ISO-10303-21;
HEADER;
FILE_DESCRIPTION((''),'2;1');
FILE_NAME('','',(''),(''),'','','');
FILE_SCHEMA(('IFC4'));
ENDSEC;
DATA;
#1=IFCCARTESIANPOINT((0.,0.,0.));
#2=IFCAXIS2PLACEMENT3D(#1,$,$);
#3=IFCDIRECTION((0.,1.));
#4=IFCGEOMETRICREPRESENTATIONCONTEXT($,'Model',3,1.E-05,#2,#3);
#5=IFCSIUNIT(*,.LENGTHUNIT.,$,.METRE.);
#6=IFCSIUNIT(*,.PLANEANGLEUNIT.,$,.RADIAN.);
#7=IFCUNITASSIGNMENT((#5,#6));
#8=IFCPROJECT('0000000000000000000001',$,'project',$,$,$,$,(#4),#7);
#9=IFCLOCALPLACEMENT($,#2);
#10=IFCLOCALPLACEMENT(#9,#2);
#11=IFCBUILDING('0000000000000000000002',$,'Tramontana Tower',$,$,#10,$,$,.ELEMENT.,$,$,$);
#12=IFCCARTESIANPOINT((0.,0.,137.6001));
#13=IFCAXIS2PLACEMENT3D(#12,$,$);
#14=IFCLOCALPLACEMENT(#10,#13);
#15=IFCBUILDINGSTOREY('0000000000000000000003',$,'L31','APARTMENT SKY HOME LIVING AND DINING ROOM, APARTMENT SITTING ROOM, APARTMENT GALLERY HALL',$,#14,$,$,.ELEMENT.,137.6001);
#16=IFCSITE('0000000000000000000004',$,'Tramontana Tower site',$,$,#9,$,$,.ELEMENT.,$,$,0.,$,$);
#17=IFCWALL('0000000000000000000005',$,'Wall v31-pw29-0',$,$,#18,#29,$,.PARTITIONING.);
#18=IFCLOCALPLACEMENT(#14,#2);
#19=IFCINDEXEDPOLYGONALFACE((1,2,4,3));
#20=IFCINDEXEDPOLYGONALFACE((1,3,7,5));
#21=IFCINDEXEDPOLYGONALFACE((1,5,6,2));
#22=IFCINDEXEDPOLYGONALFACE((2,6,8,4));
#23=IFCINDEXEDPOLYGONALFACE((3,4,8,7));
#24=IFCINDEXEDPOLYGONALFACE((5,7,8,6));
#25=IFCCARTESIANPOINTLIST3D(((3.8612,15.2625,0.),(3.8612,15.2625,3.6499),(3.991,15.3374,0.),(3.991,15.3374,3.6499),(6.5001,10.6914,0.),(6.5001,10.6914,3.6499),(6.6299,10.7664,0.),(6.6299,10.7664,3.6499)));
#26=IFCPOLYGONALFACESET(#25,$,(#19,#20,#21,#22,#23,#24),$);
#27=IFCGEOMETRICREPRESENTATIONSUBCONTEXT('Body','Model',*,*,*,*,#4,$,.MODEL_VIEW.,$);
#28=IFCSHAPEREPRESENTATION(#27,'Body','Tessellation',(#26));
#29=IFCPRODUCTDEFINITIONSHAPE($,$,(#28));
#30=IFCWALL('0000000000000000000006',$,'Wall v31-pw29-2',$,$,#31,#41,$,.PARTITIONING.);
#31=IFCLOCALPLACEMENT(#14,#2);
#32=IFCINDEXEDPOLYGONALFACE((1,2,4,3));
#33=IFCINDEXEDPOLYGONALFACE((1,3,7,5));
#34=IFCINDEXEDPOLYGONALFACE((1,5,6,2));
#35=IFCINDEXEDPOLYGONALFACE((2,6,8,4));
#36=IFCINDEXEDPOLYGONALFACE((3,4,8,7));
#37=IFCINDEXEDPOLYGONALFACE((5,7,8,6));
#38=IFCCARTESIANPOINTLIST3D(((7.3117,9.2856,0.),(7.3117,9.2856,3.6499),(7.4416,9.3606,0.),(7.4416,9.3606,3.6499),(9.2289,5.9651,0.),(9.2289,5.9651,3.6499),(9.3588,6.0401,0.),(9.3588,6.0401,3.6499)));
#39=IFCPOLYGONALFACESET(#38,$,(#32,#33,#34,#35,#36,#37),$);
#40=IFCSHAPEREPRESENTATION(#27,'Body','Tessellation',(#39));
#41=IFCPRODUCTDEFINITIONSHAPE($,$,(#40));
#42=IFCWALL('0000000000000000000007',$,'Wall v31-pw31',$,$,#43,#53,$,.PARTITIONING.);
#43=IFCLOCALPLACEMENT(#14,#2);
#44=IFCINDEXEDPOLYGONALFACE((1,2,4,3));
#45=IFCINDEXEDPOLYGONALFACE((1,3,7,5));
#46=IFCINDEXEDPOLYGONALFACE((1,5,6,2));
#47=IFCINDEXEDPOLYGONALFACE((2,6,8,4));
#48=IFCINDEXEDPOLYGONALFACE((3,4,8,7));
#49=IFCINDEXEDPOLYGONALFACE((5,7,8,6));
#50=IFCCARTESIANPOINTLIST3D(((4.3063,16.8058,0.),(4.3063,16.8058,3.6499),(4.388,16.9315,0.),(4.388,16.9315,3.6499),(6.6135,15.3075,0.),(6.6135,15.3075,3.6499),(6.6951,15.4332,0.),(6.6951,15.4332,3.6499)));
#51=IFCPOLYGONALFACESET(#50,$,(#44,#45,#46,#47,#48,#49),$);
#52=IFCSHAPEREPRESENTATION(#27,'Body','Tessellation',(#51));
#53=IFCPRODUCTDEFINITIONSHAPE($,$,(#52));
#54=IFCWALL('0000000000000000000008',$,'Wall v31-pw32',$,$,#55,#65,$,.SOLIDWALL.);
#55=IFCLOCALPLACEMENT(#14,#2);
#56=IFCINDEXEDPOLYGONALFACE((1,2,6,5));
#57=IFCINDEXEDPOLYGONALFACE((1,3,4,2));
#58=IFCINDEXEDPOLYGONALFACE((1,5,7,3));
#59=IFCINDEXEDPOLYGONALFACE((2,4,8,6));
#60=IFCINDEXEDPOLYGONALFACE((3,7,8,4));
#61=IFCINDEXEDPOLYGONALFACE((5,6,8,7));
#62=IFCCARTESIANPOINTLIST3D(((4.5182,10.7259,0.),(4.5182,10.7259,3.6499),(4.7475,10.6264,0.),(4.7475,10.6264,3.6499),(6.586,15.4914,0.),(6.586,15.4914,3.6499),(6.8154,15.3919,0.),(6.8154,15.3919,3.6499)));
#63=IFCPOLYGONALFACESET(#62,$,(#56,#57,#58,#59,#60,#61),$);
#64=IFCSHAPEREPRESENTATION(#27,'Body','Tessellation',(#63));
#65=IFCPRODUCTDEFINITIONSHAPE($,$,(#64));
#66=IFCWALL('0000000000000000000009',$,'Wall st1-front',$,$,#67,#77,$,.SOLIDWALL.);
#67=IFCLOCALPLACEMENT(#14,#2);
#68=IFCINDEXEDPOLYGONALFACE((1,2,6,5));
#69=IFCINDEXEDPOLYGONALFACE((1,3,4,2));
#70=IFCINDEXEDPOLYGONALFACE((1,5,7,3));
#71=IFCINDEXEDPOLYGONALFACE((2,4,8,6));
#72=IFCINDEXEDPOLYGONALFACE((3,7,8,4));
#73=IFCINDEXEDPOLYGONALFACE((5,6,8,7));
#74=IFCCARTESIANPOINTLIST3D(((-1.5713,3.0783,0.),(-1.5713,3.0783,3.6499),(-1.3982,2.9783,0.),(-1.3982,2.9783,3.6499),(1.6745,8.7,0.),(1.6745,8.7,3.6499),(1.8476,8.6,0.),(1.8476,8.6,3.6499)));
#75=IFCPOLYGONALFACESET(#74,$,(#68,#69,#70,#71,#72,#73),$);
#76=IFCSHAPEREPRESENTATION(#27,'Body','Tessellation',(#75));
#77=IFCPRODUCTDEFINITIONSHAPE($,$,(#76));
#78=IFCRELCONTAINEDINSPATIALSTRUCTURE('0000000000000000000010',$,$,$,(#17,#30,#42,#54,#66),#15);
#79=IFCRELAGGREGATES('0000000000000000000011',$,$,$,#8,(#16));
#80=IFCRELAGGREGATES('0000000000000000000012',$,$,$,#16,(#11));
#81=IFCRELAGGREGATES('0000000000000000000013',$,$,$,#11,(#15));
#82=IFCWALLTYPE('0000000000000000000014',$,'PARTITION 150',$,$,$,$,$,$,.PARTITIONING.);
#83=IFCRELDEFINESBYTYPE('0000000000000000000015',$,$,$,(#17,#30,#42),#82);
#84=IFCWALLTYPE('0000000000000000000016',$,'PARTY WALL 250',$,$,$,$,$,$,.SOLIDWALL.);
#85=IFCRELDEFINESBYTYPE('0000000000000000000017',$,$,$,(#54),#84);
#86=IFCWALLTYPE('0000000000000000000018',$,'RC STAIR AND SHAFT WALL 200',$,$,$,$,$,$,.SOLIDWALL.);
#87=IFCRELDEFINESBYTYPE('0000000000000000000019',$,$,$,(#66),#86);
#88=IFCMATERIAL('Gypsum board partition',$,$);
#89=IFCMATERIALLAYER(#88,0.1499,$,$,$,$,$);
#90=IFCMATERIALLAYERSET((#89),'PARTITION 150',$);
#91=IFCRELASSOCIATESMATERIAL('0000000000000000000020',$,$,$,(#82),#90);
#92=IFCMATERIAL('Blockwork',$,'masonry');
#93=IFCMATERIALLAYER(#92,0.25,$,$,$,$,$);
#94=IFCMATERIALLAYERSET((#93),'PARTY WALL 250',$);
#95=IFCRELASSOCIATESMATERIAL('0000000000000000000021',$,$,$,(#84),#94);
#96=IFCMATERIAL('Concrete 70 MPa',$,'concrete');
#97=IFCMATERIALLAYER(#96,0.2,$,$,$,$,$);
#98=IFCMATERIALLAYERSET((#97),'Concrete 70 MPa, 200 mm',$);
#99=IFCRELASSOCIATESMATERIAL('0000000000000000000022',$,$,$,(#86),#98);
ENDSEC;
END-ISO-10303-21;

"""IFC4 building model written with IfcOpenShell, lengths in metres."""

from ifc_helpers import new_model, si_unit, direction, frame, frame_2d, origin, place, context, subcontext, project, spatial, rectangle, extrude, material, layer, layer_set, type_object, element, save


model = new_model("IFC4")

# Units and contexts
model_context = context("Model", 3, precision=1e-05, world=origin(), true_north=direction((0.0, 1.0)))
body_context = subcontext(model_context, "Body", "Model", "MODEL_VIEW")
ifc_project = project(units=[si_unit("LENGTHUNIT", "METRE"), si_unit("PLANEANGLEUNIT", "RADIAN")], contexts=[model_context])

# Site, building, storey
site_placement = place(None, origin())
site = spatial("IfcSite", under=ifc_project, at=site_placement, Name="Tramontana Tower site", CompositionType="ELEMENT", RefElevation=0.0)
building_placement = place(site_placement, origin())
building = spatial("IfcBuilding", under=site, at=building_placement, Name="Tramontana Tower", CompositionType="ELEMENT")
storey_placement = place(building_placement, frame((0.0, 0.0, 137.6001)))
storey = spatial("IfcBuildingStorey", under=building, at=storey_placement, Name="L31", Description="APARTMENT SKY HOME LIVING AND DINING ROOM, APARTMENT SITTING ROOM, APARTMENT GALLERY HALL", CompositionType="ELEMENT", Elevation=137.6001)

# Wall
ifc_material_1 = material(Name="Gypsum board partition")
ifc_layer_1 = layer(ifc_material_1, 0.1499)
ifc_layer_set_1 = layer_set([ifc_layer_1], Name="PARTITION 150")
wall_type_1 = type_object("IfcWallType", Name="PARTITION 150", PredefinedType="PARTITIONING", material=ifc_layer_set_1)
wall_1_placement = place(storey_placement, frame((3.926, 15.3, 0.0), z_axis=(0.0, 0.0, 1.0), x_axis=(0.499975, -0.86604, 0.0)))
element("IfcWall", 1, at=wall_1_placement, inside=storey, type_object=wall_type_1, Name="Wall v31-pw29-0", PredefinedType="PARTITIONING", context=body_context, shape_type="SweptSolid", body=[
    extrude(rectangle(XDim=5.2781, YDim=0.1499, at=frame_2d((2.6392, 0.0))), origin(), (0.0, 0.0, 1.0), 3.6499),
])

# Wall
wall_2_placement = place(storey_placement, frame((7.3767, 9.323, 0.0), z_axis=(0.0, 0.0, 1.0), x_axis=(0.500022, -0.866013, 0.0)))
element("IfcWall", 2, at=wall_2_placement, inside=storey, type_object=wall_type_1, Name="Wall v31-pw29-2", PredefinedType="PARTITIONING", context=body_context, shape_type="SweptSolid", body=[
    extrude(rectangle(XDim=3.8342, YDim=0.1499, at=frame_2d((1.917, 0.0))), origin(), (0.0, 0.0, 1.0), 3.6499),
])

# Walls
wall_3_placement = place(storey_placement, frame((4.3472, 16.8687, 0.0), z_axis=(0.0, 0.0, 1.0), x_axis=(0.838667, -0.544645, 0.0)))
element("IfcWall", 3, at=wall_3_placement, inside=storey, type_object=wall_type_1, Name="Wall v31-pw31", PredefinedType="PARTITIONING", context=body_context, shape_type="SweptSolid", body=[
    extrude(rectangle(XDim=2.751, YDim=0.1499, at=frame_2d((1.3755, 0.0))), origin(), (0.0, 0.0, 1.0), 3.6499),
])
ifc_material_2 = material(Name="Blockwork", Category="masonry")
ifc_layer_2 = layer(ifc_material_2, 0.25)
ifc_layer_set_2 = layer_set([ifc_layer_2], Name="PARTY WALL 250")
wall_type_2 = type_object("IfcWallType", Name="PARTY WALL 250", PredefinedType="SOLIDWALL", material=ifc_layer_set_2)
wall_4_placement = place(storey_placement, frame((6.7007, 15.4417, 0.0), z_axis=(0.0, 0.0, 1.0), x_axis=(-0.398056, -0.917361, 0.0)))
element("IfcWall", 4, at=wall_4_placement, inside=storey, type_object=wall_type_2, Name="Wall v31-pw32", PredefinedType="SOLIDWALL", context=body_context, shape_type="SweptSolid", body=[
    extrude(rectangle(XDim=5.1948, YDim=0.25, at=frame_2d((2.5974, 0.0))), origin(), (0.0, 0.0, 1.0), 3.6499),
])
ifc_material_3 = material(Name="Concrete 70 MPa", Category="concrete")
ifc_layer_3 = layer(ifc_material_3, 0.2)
ifc_layer_set_3 = layer_set([ifc_layer_3], Name="Concrete 70 MPa, 200 mm")
wall_type_3 = type_object("IfcWallType", Name="RC STAIR AND SHAFT WALL 200", PredefinedType="SOLIDWALL", material=ifc_layer_set_3)
wall_5_placement = place(storey_placement, frame((1.761, 8.6499, 0.0), z_axis=(0.0, 0.0, 1.0), x_axis=(-0.50001, -0.86602, 0.0)))
element("IfcWall", 5, at=wall_5_placement, inside=storey, type_object=wall_type_3, Name="Wall st1-front", PredefinedType="SOLIDWALL", context=body_context, shape_type="SweptSolid", body=[
    extrude(rectangle(XDim=6.4915, YDim=0.2, at=frame_2d((3.2456, 0.0))), origin(), (0.0, 0.0, 1.0), 3.6499),
])

save(model, "model.ifc")
